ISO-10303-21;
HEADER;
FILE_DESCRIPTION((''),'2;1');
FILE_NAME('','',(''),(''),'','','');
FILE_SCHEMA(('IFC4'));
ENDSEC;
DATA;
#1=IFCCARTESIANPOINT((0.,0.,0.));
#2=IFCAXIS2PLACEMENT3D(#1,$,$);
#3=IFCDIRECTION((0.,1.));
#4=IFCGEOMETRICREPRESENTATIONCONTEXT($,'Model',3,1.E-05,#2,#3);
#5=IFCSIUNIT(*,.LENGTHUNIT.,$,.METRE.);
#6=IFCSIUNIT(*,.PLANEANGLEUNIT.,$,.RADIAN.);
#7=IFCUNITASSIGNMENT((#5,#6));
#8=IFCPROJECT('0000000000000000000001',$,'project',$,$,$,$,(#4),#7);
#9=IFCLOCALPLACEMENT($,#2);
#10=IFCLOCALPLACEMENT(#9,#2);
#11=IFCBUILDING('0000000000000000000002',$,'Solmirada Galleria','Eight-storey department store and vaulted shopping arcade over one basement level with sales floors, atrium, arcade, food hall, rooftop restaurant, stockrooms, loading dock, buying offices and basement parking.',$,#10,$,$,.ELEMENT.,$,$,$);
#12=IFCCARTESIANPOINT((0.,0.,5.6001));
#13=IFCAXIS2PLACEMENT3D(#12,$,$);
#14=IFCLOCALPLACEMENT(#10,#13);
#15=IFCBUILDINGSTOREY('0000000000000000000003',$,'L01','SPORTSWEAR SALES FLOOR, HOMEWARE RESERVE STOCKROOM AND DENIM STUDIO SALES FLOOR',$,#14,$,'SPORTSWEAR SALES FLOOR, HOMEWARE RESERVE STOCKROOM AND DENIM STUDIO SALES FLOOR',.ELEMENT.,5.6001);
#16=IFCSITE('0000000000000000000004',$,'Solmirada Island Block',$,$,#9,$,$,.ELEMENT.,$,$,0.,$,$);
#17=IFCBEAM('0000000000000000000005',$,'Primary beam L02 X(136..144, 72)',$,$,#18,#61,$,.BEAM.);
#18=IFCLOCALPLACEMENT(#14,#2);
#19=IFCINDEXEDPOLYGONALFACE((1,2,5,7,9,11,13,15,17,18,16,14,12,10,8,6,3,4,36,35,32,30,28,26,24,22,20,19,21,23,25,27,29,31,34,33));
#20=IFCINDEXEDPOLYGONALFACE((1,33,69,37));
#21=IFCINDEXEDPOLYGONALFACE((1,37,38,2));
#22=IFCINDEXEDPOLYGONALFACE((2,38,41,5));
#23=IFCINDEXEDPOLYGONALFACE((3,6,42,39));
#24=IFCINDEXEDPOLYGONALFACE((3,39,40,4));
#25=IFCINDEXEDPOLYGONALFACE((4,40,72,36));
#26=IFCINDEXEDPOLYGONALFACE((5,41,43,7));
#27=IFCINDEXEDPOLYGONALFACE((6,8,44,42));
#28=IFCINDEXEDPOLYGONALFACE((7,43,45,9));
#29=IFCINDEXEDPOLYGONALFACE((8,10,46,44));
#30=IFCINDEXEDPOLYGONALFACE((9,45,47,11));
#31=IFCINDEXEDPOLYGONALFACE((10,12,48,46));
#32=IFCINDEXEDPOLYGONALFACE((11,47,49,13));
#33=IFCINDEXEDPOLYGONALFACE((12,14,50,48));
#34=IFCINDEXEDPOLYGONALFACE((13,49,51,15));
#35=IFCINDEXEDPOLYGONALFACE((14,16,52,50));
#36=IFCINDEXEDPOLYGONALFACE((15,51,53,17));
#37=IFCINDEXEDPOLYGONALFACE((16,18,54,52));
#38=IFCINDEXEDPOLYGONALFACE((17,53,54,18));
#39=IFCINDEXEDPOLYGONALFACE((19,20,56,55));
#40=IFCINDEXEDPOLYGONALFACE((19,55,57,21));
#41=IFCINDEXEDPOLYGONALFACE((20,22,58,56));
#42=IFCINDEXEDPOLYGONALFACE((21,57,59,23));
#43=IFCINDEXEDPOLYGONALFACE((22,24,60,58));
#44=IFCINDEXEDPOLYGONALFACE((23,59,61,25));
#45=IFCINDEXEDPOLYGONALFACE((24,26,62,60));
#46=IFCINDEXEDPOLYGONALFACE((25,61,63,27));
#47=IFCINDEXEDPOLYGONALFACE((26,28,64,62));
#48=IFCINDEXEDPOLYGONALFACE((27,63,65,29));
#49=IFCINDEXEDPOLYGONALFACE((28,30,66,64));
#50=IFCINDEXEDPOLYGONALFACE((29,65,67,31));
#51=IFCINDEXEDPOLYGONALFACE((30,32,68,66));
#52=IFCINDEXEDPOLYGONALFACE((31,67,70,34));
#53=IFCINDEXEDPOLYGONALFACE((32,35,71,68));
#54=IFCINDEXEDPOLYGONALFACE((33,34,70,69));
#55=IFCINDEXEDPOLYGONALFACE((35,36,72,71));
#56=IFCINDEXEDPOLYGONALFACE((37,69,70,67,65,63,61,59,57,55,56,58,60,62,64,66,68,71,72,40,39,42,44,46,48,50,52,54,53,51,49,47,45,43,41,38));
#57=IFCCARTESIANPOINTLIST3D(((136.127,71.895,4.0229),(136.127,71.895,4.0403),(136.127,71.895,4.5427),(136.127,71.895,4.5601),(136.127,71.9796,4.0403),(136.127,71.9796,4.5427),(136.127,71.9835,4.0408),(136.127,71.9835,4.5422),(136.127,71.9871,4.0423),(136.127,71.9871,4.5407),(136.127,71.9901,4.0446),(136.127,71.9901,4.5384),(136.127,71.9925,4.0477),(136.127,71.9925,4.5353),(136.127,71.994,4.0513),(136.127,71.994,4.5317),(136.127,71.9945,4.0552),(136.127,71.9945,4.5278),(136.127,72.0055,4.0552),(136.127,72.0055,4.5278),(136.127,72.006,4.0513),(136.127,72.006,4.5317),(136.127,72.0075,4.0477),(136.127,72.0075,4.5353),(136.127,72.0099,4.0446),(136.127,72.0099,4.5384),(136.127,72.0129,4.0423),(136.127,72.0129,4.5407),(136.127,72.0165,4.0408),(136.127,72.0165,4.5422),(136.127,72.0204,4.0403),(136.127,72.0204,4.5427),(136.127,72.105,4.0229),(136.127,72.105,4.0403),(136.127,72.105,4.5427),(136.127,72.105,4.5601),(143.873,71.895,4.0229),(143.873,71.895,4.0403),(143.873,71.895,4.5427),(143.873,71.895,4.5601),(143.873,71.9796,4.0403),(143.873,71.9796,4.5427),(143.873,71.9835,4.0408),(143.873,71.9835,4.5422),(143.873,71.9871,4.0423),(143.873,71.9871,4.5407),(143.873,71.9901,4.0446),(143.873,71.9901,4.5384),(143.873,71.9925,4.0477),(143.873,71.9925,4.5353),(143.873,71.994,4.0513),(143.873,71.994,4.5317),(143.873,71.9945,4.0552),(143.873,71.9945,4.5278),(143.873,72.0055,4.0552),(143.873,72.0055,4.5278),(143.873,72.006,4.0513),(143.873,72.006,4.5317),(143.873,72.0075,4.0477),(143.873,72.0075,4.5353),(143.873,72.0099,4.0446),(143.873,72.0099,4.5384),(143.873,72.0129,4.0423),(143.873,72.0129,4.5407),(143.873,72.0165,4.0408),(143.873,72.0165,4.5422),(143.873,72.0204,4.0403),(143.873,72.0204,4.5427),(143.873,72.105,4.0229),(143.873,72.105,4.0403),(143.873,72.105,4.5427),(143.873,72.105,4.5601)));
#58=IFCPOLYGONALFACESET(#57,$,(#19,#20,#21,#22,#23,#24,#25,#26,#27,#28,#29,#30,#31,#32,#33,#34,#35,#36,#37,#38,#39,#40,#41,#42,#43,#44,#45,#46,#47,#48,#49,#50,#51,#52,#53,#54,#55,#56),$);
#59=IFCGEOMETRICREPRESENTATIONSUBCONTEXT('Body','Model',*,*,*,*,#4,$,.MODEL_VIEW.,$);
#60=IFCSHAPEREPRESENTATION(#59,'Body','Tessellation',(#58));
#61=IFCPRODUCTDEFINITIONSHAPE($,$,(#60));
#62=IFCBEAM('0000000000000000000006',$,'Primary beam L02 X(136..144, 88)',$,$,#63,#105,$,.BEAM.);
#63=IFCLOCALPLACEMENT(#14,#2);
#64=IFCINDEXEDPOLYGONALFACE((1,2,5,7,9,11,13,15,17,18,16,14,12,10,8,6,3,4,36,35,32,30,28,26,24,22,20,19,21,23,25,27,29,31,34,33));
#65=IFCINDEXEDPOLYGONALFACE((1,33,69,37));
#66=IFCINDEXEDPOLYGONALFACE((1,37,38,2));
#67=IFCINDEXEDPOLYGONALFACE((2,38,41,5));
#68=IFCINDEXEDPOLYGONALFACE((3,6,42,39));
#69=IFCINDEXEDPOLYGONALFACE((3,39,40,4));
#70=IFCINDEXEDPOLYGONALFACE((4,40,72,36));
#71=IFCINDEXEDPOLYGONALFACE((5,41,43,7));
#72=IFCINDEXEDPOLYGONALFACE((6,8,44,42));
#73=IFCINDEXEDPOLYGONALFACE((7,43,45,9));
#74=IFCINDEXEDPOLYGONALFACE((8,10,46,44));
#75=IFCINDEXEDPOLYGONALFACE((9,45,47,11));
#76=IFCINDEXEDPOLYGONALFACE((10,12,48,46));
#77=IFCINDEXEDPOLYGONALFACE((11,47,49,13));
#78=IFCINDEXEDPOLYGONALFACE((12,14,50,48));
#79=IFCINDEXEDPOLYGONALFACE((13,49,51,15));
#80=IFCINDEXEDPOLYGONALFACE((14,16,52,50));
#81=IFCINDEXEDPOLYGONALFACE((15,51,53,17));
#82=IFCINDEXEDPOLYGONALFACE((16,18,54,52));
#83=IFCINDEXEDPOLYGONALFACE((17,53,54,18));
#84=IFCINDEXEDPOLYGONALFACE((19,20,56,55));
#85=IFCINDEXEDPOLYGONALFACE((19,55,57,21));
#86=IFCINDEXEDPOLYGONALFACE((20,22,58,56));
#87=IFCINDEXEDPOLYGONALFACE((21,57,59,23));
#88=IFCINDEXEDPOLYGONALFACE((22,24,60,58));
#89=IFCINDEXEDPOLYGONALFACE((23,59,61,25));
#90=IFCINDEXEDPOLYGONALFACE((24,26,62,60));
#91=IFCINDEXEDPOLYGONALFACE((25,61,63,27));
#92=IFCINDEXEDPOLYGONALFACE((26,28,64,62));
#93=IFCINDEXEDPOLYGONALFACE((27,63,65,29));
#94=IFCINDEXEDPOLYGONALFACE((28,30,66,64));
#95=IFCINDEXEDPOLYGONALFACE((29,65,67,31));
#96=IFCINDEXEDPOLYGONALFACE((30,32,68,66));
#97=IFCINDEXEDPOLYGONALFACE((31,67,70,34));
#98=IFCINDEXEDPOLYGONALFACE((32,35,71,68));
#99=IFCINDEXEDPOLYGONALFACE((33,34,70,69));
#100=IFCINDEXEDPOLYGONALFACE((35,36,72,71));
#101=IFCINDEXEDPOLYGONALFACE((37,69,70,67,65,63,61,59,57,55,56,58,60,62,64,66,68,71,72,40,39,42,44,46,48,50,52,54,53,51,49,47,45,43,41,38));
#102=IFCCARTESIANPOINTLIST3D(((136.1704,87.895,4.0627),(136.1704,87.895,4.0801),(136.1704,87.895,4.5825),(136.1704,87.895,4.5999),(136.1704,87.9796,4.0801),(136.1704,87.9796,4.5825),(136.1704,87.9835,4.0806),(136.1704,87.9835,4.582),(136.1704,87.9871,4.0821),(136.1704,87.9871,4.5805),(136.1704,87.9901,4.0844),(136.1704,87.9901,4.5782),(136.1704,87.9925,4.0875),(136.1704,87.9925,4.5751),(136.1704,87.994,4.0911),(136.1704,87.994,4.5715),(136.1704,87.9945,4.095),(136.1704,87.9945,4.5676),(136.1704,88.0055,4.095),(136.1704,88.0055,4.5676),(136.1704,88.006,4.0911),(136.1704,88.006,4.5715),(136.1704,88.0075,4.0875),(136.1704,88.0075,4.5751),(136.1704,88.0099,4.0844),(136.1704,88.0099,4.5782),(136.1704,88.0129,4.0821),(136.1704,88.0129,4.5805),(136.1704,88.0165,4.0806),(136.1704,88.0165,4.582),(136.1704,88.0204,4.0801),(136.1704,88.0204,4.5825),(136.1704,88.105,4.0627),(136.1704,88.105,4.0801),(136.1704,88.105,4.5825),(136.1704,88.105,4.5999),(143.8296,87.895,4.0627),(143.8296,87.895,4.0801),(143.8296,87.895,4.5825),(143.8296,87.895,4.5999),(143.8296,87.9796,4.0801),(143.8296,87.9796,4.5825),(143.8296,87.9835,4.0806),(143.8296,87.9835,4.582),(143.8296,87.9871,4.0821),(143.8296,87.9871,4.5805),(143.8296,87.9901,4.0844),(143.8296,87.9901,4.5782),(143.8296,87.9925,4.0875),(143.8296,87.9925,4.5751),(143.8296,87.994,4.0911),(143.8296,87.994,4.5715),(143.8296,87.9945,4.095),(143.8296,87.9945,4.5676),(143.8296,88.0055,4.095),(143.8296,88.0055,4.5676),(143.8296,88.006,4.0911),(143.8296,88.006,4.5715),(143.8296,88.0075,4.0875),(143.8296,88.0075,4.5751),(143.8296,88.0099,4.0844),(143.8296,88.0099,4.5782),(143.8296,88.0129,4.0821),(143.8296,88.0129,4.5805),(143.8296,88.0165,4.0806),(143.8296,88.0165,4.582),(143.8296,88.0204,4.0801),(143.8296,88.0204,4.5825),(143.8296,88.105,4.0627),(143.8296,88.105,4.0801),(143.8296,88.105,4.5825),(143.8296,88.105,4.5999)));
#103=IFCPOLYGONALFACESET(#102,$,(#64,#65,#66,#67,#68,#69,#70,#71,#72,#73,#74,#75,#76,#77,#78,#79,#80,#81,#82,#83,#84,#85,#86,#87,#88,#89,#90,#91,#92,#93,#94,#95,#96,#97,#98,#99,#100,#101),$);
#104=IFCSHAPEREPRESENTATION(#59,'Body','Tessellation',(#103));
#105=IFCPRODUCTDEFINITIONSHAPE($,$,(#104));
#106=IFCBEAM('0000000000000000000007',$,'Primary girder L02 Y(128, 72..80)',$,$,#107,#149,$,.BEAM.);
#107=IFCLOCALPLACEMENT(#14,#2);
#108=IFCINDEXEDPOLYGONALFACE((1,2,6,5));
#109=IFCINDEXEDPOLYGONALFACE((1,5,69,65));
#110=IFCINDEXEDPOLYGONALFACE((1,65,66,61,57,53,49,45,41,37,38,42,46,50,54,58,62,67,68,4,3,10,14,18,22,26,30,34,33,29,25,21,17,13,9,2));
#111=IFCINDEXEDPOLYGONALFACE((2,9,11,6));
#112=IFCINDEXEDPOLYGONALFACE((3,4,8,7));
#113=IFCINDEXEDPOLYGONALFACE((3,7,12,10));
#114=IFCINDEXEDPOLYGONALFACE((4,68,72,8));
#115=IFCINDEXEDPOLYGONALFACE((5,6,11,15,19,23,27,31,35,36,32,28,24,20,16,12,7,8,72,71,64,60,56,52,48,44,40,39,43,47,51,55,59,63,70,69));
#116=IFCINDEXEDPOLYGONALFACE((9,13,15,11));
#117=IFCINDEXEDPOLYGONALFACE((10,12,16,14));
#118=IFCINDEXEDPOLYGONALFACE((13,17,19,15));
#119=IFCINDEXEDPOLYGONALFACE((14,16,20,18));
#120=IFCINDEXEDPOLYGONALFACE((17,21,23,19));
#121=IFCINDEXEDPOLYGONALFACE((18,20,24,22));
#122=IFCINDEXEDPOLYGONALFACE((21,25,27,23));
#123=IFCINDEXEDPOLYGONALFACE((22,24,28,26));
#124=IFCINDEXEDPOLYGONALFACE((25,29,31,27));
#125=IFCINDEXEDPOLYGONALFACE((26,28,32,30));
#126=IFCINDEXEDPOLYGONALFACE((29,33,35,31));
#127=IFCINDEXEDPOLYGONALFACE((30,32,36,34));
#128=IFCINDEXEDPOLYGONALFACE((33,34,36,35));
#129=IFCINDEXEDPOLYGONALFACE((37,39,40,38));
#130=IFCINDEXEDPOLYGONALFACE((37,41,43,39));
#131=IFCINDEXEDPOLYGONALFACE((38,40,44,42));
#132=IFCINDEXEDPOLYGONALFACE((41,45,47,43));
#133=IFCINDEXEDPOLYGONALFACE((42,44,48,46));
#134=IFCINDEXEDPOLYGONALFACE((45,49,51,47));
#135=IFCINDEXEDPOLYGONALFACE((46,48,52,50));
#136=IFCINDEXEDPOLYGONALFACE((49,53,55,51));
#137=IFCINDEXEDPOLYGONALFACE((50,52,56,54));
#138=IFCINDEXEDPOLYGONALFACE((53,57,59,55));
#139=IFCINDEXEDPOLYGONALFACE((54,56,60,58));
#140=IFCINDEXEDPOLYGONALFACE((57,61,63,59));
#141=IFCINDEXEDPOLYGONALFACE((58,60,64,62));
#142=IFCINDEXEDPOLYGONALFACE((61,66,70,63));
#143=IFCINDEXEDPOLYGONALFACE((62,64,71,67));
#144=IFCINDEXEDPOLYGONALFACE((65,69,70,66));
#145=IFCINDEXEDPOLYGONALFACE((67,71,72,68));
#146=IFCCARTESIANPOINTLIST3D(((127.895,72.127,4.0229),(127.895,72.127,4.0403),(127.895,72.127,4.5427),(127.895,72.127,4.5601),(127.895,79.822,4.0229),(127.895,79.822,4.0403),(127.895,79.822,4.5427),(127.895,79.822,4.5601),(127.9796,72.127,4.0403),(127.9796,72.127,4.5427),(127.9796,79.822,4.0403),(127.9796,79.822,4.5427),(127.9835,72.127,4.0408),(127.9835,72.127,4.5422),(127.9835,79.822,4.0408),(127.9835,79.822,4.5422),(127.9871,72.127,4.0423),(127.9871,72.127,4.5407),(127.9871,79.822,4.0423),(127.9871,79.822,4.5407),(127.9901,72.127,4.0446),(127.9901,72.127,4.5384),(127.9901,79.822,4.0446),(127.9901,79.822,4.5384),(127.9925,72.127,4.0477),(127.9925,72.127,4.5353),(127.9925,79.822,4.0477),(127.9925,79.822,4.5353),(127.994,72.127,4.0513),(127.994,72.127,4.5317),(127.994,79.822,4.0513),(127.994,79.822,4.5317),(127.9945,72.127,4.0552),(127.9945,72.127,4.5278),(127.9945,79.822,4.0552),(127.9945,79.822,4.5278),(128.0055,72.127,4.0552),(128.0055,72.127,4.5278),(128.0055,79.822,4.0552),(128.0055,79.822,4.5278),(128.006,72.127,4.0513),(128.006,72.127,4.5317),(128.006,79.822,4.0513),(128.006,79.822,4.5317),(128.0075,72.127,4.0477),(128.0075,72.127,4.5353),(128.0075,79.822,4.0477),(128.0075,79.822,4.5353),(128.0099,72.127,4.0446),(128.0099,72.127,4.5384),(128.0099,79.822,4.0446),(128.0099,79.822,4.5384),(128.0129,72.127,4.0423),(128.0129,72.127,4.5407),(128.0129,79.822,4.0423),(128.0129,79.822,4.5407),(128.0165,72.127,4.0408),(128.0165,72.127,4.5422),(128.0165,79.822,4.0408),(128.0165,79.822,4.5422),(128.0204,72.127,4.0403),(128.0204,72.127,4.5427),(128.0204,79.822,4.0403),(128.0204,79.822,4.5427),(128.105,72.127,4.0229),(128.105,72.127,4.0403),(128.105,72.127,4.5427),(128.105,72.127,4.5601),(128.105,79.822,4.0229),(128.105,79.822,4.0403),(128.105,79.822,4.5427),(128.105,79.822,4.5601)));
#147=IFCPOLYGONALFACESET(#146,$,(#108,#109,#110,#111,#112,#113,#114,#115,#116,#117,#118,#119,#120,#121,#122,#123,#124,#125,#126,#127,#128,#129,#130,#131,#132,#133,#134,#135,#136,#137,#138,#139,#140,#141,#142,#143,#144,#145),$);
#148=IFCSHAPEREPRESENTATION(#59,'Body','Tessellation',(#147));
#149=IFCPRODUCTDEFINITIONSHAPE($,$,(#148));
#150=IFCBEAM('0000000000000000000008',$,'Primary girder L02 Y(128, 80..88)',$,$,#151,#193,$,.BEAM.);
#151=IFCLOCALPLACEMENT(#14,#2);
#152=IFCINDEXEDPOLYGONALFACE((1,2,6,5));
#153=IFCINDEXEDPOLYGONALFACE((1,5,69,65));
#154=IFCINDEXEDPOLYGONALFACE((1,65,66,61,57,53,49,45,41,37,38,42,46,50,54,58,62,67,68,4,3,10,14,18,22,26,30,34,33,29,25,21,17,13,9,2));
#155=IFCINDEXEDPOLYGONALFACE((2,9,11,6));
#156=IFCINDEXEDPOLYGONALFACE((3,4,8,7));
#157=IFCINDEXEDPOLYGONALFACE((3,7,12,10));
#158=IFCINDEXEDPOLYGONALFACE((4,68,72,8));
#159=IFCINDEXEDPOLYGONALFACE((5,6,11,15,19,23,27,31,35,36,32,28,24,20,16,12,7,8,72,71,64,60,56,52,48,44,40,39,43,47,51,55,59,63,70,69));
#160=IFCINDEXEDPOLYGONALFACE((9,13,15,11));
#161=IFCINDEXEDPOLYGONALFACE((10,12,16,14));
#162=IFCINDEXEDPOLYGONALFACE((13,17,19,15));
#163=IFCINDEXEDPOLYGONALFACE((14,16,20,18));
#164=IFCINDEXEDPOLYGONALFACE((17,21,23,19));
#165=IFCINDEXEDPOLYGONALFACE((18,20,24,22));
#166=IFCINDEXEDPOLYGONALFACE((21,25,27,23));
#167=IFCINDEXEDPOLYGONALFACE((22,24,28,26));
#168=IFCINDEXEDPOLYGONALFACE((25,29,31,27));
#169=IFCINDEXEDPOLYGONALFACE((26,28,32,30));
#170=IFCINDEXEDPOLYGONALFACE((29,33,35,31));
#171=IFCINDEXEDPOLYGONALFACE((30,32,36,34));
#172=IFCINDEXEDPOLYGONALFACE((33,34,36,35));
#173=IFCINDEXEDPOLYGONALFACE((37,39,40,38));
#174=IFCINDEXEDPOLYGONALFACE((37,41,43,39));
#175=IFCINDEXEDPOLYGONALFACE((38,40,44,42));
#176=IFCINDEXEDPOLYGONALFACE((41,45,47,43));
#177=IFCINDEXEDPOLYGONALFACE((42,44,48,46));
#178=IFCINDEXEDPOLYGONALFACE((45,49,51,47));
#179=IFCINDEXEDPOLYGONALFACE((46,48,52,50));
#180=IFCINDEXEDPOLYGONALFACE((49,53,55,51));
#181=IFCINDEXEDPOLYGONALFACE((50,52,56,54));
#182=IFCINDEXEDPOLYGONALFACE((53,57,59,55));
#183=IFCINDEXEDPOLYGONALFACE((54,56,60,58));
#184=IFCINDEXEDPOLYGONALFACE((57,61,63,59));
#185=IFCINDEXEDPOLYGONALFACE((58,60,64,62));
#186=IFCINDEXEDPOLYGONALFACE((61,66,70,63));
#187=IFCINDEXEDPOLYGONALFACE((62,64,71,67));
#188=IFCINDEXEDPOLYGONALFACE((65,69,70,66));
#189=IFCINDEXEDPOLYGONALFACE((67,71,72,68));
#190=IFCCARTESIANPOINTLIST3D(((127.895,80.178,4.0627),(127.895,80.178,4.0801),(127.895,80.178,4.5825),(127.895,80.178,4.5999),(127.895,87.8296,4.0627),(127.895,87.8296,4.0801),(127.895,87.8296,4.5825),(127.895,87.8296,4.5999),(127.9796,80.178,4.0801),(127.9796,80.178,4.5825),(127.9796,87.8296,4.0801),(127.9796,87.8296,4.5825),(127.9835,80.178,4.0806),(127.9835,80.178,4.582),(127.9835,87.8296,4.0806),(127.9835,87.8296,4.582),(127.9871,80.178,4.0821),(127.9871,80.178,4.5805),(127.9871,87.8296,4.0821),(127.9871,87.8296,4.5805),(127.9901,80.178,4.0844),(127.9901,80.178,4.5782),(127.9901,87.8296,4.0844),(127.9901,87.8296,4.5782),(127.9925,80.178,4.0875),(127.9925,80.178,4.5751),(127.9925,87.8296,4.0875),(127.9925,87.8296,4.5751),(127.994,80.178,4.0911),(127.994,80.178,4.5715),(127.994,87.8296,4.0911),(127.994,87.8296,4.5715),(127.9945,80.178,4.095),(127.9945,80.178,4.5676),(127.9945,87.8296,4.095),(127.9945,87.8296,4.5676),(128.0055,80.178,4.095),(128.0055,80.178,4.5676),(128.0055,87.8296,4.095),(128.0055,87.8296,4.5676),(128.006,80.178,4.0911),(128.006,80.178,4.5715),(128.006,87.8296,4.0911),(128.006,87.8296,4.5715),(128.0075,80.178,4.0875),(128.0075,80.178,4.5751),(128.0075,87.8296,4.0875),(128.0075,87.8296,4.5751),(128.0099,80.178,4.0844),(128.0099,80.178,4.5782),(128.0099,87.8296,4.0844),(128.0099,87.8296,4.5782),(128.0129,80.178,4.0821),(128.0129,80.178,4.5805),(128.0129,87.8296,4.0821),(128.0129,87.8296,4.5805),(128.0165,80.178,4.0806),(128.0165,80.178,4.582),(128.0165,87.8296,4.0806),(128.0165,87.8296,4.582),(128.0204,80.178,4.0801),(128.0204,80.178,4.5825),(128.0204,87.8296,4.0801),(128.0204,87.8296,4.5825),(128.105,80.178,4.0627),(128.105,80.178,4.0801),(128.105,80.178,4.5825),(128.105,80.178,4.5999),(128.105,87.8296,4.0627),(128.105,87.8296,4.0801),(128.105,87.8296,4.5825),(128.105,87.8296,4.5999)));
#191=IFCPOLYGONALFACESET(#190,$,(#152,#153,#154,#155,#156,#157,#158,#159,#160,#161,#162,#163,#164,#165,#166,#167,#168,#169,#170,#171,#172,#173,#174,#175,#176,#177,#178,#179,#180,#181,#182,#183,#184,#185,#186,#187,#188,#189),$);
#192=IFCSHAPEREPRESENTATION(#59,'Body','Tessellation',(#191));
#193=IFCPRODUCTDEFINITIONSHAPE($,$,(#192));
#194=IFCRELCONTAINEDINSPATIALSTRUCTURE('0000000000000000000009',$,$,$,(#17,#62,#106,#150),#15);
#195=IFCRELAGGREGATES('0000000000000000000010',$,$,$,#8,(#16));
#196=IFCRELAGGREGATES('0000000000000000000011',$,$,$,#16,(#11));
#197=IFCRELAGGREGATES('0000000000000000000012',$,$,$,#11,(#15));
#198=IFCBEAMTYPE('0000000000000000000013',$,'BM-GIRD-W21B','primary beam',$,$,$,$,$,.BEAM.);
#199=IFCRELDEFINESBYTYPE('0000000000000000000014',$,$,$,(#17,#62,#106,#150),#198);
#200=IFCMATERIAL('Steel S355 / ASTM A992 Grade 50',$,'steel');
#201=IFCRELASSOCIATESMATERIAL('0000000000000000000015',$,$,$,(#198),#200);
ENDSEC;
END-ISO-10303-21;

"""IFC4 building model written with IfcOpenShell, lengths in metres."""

from ifc_helpers import new_model, si_unit, direction, frame, origin, origin_2d, place, context, subcontext, project, spatial, i_section, extrude, material, material_profile, profile_set, type_object, element, save


model = new_model("IFC4")

# Units and contexts
model_context = context("Model", 3, precision=1e-05, world=origin(), true_north=direction((0.0, 1.0)))
body_context = subcontext(model_context, "Body", "Model", "MODEL_VIEW")
ifc_project = project(units=[si_unit("LENGTHUNIT", "METRE"), si_unit("PLANEANGLEUNIT", "RADIAN")], contexts=[model_context])

# Site, building, storey
site_placement = place(None, origin())
site = spatial("IfcSite", under=ifc_project, at=site_placement, Name="Solmirada Island Block", CompositionType="ELEMENT", RefElevation=0.0)
building_placement = place(site_placement, origin())
building = spatial("IfcBuilding", under=site, at=building_placement, Name="Solmirada Galleria", Description="Eight-storey department store and vaulted shopping arcade over one basement level with sales floors, atrium, arcade, food hall, rooftop restaurant, stockrooms, loading dock, buying offices and basement parking.", CompositionType="ELEMENT")
storey_placement = place(building_placement, frame((0.0, 0.0, 5.6001)))
storey = spatial("IfcBuildingStorey", under=building, at=storey_placement, Name="L01", Description="SPORTSWEAR SALES FLOOR, HOMEWARE RESERVE STOCKROOM AND DENIM STUDIO SALES FLOOR", LongName="SPORTSWEAR SALES FLOOR, HOMEWARE RESERVE STOCKROOM AND DENIM STUDIO SALES FLOOR", CompositionType="ELEMENT", Elevation=5.6001)

# Beams
ifc_material_1 = material(Name="Steel S355 / ASTM A992 Grade 50", Category="steel")
ifc_material_profile_1 = material_profile(ifc_material_1, i_section(OverallWidth=0.21, OverallDepth=0.5371, WebThickness=0.011, FlangeThickness=0.0173, FilletRadius=0.0149, at=origin_2d()), Name="W21X68")
ifc_profile_set_1 = profile_set([ifc_material_profile_1], Name="Steel S355 / ASTM A992 Grade 50")
beam_type_1 = type_object("IfcBeamType", Name="BM-GIRD-W21B", Description="primary beam", PredefinedType="BEAM", material=ifc_profile_set_1)
beam_1_placement = place(storey_placement, frame((136.127, 72.0, 4.2915), z_axis=(1.0, 0.0, 0.0), x_axis=(0.0, 1.0, 0.0)))
element("IfcBeam", 1, at=beam_1_placement, inside=storey, type_object=beam_type_1, Name="Primary beam L02 X(136..144, 72)", PredefinedType="BEAM", context=body_context, shape_type="SweptSolid", body=[
    extrude(i_section(OverallWidth=0.21, OverallDepth=0.5371, WebThickness=0.011, FlangeThickness=0.0173, FilletRadius=0.0149, at=origin_2d()), origin(), (0.0, 0.0, 1.0), 7.7461),
])
beam_2_placement = place(storey_placement, frame((136.1704, 88.0, 4.3313), z_axis=(1.0, 0.0, 0.0), x_axis=(0.0, 1.0, 0.0)))
element("IfcBeam", 2, at=beam_2_placement, inside=storey, type_object=beam_type_1, Name="Primary beam L02 X(136..144, 88)", PredefinedType="BEAM", context=body_context, shape_type="SweptSolid", body=[
    extrude(i_section(OverallWidth=0.21, OverallDepth=0.5371, WebThickness=0.011, FlangeThickness=0.0173, FilletRadius=0.0149, at=origin_2d()), origin(), (0.0, 0.0, 1.0), 7.6592),
])
beam_3_placement = place(storey_placement, frame((128.0, 72.127, 4.2915), z_axis=(0.0, 1.0, 0.0), x_axis=(-1.0, 0.0, 0.0)))
element("IfcBeam", 3, at=beam_3_placement, inside=storey, type_object=beam_type_1, Name="Primary girder L02 Y(128, 72..80)", PredefinedType="BEAM", context=body_context, shape_type="SweptSolid", body=[
    extrude(i_section(OverallWidth=0.21, OverallDepth=0.5371, WebThickness=0.011, FlangeThickness=0.0173, FilletRadius=0.0149, at=origin_2d()), origin(), (0.0, 0.0, 1.0), 7.6951),
])
beam_4_placement = place(storey_placement, frame((128.0, 80.178, 4.3313), z_axis=(0.0, 1.0, 0.0), x_axis=(-1.0, 0.0, 0.0)))
element("IfcBeam", 4, at=beam_4_placement, inside=storey, type_object=beam_type_1, Name="Primary girder L02 Y(128, 80..88)", PredefinedType="BEAM", context=body_context, shape_type="SweptSolid", body=[
    extrude(i_section(OverallWidth=0.21, OverallDepth=0.5371, WebThickness=0.011, FlangeThickness=0.0173, FilletRadius=0.0149, at=origin_2d()), origin(), (0.0, 0.0, 1.0), 7.6516),
])

save(model, "model.ifc")
